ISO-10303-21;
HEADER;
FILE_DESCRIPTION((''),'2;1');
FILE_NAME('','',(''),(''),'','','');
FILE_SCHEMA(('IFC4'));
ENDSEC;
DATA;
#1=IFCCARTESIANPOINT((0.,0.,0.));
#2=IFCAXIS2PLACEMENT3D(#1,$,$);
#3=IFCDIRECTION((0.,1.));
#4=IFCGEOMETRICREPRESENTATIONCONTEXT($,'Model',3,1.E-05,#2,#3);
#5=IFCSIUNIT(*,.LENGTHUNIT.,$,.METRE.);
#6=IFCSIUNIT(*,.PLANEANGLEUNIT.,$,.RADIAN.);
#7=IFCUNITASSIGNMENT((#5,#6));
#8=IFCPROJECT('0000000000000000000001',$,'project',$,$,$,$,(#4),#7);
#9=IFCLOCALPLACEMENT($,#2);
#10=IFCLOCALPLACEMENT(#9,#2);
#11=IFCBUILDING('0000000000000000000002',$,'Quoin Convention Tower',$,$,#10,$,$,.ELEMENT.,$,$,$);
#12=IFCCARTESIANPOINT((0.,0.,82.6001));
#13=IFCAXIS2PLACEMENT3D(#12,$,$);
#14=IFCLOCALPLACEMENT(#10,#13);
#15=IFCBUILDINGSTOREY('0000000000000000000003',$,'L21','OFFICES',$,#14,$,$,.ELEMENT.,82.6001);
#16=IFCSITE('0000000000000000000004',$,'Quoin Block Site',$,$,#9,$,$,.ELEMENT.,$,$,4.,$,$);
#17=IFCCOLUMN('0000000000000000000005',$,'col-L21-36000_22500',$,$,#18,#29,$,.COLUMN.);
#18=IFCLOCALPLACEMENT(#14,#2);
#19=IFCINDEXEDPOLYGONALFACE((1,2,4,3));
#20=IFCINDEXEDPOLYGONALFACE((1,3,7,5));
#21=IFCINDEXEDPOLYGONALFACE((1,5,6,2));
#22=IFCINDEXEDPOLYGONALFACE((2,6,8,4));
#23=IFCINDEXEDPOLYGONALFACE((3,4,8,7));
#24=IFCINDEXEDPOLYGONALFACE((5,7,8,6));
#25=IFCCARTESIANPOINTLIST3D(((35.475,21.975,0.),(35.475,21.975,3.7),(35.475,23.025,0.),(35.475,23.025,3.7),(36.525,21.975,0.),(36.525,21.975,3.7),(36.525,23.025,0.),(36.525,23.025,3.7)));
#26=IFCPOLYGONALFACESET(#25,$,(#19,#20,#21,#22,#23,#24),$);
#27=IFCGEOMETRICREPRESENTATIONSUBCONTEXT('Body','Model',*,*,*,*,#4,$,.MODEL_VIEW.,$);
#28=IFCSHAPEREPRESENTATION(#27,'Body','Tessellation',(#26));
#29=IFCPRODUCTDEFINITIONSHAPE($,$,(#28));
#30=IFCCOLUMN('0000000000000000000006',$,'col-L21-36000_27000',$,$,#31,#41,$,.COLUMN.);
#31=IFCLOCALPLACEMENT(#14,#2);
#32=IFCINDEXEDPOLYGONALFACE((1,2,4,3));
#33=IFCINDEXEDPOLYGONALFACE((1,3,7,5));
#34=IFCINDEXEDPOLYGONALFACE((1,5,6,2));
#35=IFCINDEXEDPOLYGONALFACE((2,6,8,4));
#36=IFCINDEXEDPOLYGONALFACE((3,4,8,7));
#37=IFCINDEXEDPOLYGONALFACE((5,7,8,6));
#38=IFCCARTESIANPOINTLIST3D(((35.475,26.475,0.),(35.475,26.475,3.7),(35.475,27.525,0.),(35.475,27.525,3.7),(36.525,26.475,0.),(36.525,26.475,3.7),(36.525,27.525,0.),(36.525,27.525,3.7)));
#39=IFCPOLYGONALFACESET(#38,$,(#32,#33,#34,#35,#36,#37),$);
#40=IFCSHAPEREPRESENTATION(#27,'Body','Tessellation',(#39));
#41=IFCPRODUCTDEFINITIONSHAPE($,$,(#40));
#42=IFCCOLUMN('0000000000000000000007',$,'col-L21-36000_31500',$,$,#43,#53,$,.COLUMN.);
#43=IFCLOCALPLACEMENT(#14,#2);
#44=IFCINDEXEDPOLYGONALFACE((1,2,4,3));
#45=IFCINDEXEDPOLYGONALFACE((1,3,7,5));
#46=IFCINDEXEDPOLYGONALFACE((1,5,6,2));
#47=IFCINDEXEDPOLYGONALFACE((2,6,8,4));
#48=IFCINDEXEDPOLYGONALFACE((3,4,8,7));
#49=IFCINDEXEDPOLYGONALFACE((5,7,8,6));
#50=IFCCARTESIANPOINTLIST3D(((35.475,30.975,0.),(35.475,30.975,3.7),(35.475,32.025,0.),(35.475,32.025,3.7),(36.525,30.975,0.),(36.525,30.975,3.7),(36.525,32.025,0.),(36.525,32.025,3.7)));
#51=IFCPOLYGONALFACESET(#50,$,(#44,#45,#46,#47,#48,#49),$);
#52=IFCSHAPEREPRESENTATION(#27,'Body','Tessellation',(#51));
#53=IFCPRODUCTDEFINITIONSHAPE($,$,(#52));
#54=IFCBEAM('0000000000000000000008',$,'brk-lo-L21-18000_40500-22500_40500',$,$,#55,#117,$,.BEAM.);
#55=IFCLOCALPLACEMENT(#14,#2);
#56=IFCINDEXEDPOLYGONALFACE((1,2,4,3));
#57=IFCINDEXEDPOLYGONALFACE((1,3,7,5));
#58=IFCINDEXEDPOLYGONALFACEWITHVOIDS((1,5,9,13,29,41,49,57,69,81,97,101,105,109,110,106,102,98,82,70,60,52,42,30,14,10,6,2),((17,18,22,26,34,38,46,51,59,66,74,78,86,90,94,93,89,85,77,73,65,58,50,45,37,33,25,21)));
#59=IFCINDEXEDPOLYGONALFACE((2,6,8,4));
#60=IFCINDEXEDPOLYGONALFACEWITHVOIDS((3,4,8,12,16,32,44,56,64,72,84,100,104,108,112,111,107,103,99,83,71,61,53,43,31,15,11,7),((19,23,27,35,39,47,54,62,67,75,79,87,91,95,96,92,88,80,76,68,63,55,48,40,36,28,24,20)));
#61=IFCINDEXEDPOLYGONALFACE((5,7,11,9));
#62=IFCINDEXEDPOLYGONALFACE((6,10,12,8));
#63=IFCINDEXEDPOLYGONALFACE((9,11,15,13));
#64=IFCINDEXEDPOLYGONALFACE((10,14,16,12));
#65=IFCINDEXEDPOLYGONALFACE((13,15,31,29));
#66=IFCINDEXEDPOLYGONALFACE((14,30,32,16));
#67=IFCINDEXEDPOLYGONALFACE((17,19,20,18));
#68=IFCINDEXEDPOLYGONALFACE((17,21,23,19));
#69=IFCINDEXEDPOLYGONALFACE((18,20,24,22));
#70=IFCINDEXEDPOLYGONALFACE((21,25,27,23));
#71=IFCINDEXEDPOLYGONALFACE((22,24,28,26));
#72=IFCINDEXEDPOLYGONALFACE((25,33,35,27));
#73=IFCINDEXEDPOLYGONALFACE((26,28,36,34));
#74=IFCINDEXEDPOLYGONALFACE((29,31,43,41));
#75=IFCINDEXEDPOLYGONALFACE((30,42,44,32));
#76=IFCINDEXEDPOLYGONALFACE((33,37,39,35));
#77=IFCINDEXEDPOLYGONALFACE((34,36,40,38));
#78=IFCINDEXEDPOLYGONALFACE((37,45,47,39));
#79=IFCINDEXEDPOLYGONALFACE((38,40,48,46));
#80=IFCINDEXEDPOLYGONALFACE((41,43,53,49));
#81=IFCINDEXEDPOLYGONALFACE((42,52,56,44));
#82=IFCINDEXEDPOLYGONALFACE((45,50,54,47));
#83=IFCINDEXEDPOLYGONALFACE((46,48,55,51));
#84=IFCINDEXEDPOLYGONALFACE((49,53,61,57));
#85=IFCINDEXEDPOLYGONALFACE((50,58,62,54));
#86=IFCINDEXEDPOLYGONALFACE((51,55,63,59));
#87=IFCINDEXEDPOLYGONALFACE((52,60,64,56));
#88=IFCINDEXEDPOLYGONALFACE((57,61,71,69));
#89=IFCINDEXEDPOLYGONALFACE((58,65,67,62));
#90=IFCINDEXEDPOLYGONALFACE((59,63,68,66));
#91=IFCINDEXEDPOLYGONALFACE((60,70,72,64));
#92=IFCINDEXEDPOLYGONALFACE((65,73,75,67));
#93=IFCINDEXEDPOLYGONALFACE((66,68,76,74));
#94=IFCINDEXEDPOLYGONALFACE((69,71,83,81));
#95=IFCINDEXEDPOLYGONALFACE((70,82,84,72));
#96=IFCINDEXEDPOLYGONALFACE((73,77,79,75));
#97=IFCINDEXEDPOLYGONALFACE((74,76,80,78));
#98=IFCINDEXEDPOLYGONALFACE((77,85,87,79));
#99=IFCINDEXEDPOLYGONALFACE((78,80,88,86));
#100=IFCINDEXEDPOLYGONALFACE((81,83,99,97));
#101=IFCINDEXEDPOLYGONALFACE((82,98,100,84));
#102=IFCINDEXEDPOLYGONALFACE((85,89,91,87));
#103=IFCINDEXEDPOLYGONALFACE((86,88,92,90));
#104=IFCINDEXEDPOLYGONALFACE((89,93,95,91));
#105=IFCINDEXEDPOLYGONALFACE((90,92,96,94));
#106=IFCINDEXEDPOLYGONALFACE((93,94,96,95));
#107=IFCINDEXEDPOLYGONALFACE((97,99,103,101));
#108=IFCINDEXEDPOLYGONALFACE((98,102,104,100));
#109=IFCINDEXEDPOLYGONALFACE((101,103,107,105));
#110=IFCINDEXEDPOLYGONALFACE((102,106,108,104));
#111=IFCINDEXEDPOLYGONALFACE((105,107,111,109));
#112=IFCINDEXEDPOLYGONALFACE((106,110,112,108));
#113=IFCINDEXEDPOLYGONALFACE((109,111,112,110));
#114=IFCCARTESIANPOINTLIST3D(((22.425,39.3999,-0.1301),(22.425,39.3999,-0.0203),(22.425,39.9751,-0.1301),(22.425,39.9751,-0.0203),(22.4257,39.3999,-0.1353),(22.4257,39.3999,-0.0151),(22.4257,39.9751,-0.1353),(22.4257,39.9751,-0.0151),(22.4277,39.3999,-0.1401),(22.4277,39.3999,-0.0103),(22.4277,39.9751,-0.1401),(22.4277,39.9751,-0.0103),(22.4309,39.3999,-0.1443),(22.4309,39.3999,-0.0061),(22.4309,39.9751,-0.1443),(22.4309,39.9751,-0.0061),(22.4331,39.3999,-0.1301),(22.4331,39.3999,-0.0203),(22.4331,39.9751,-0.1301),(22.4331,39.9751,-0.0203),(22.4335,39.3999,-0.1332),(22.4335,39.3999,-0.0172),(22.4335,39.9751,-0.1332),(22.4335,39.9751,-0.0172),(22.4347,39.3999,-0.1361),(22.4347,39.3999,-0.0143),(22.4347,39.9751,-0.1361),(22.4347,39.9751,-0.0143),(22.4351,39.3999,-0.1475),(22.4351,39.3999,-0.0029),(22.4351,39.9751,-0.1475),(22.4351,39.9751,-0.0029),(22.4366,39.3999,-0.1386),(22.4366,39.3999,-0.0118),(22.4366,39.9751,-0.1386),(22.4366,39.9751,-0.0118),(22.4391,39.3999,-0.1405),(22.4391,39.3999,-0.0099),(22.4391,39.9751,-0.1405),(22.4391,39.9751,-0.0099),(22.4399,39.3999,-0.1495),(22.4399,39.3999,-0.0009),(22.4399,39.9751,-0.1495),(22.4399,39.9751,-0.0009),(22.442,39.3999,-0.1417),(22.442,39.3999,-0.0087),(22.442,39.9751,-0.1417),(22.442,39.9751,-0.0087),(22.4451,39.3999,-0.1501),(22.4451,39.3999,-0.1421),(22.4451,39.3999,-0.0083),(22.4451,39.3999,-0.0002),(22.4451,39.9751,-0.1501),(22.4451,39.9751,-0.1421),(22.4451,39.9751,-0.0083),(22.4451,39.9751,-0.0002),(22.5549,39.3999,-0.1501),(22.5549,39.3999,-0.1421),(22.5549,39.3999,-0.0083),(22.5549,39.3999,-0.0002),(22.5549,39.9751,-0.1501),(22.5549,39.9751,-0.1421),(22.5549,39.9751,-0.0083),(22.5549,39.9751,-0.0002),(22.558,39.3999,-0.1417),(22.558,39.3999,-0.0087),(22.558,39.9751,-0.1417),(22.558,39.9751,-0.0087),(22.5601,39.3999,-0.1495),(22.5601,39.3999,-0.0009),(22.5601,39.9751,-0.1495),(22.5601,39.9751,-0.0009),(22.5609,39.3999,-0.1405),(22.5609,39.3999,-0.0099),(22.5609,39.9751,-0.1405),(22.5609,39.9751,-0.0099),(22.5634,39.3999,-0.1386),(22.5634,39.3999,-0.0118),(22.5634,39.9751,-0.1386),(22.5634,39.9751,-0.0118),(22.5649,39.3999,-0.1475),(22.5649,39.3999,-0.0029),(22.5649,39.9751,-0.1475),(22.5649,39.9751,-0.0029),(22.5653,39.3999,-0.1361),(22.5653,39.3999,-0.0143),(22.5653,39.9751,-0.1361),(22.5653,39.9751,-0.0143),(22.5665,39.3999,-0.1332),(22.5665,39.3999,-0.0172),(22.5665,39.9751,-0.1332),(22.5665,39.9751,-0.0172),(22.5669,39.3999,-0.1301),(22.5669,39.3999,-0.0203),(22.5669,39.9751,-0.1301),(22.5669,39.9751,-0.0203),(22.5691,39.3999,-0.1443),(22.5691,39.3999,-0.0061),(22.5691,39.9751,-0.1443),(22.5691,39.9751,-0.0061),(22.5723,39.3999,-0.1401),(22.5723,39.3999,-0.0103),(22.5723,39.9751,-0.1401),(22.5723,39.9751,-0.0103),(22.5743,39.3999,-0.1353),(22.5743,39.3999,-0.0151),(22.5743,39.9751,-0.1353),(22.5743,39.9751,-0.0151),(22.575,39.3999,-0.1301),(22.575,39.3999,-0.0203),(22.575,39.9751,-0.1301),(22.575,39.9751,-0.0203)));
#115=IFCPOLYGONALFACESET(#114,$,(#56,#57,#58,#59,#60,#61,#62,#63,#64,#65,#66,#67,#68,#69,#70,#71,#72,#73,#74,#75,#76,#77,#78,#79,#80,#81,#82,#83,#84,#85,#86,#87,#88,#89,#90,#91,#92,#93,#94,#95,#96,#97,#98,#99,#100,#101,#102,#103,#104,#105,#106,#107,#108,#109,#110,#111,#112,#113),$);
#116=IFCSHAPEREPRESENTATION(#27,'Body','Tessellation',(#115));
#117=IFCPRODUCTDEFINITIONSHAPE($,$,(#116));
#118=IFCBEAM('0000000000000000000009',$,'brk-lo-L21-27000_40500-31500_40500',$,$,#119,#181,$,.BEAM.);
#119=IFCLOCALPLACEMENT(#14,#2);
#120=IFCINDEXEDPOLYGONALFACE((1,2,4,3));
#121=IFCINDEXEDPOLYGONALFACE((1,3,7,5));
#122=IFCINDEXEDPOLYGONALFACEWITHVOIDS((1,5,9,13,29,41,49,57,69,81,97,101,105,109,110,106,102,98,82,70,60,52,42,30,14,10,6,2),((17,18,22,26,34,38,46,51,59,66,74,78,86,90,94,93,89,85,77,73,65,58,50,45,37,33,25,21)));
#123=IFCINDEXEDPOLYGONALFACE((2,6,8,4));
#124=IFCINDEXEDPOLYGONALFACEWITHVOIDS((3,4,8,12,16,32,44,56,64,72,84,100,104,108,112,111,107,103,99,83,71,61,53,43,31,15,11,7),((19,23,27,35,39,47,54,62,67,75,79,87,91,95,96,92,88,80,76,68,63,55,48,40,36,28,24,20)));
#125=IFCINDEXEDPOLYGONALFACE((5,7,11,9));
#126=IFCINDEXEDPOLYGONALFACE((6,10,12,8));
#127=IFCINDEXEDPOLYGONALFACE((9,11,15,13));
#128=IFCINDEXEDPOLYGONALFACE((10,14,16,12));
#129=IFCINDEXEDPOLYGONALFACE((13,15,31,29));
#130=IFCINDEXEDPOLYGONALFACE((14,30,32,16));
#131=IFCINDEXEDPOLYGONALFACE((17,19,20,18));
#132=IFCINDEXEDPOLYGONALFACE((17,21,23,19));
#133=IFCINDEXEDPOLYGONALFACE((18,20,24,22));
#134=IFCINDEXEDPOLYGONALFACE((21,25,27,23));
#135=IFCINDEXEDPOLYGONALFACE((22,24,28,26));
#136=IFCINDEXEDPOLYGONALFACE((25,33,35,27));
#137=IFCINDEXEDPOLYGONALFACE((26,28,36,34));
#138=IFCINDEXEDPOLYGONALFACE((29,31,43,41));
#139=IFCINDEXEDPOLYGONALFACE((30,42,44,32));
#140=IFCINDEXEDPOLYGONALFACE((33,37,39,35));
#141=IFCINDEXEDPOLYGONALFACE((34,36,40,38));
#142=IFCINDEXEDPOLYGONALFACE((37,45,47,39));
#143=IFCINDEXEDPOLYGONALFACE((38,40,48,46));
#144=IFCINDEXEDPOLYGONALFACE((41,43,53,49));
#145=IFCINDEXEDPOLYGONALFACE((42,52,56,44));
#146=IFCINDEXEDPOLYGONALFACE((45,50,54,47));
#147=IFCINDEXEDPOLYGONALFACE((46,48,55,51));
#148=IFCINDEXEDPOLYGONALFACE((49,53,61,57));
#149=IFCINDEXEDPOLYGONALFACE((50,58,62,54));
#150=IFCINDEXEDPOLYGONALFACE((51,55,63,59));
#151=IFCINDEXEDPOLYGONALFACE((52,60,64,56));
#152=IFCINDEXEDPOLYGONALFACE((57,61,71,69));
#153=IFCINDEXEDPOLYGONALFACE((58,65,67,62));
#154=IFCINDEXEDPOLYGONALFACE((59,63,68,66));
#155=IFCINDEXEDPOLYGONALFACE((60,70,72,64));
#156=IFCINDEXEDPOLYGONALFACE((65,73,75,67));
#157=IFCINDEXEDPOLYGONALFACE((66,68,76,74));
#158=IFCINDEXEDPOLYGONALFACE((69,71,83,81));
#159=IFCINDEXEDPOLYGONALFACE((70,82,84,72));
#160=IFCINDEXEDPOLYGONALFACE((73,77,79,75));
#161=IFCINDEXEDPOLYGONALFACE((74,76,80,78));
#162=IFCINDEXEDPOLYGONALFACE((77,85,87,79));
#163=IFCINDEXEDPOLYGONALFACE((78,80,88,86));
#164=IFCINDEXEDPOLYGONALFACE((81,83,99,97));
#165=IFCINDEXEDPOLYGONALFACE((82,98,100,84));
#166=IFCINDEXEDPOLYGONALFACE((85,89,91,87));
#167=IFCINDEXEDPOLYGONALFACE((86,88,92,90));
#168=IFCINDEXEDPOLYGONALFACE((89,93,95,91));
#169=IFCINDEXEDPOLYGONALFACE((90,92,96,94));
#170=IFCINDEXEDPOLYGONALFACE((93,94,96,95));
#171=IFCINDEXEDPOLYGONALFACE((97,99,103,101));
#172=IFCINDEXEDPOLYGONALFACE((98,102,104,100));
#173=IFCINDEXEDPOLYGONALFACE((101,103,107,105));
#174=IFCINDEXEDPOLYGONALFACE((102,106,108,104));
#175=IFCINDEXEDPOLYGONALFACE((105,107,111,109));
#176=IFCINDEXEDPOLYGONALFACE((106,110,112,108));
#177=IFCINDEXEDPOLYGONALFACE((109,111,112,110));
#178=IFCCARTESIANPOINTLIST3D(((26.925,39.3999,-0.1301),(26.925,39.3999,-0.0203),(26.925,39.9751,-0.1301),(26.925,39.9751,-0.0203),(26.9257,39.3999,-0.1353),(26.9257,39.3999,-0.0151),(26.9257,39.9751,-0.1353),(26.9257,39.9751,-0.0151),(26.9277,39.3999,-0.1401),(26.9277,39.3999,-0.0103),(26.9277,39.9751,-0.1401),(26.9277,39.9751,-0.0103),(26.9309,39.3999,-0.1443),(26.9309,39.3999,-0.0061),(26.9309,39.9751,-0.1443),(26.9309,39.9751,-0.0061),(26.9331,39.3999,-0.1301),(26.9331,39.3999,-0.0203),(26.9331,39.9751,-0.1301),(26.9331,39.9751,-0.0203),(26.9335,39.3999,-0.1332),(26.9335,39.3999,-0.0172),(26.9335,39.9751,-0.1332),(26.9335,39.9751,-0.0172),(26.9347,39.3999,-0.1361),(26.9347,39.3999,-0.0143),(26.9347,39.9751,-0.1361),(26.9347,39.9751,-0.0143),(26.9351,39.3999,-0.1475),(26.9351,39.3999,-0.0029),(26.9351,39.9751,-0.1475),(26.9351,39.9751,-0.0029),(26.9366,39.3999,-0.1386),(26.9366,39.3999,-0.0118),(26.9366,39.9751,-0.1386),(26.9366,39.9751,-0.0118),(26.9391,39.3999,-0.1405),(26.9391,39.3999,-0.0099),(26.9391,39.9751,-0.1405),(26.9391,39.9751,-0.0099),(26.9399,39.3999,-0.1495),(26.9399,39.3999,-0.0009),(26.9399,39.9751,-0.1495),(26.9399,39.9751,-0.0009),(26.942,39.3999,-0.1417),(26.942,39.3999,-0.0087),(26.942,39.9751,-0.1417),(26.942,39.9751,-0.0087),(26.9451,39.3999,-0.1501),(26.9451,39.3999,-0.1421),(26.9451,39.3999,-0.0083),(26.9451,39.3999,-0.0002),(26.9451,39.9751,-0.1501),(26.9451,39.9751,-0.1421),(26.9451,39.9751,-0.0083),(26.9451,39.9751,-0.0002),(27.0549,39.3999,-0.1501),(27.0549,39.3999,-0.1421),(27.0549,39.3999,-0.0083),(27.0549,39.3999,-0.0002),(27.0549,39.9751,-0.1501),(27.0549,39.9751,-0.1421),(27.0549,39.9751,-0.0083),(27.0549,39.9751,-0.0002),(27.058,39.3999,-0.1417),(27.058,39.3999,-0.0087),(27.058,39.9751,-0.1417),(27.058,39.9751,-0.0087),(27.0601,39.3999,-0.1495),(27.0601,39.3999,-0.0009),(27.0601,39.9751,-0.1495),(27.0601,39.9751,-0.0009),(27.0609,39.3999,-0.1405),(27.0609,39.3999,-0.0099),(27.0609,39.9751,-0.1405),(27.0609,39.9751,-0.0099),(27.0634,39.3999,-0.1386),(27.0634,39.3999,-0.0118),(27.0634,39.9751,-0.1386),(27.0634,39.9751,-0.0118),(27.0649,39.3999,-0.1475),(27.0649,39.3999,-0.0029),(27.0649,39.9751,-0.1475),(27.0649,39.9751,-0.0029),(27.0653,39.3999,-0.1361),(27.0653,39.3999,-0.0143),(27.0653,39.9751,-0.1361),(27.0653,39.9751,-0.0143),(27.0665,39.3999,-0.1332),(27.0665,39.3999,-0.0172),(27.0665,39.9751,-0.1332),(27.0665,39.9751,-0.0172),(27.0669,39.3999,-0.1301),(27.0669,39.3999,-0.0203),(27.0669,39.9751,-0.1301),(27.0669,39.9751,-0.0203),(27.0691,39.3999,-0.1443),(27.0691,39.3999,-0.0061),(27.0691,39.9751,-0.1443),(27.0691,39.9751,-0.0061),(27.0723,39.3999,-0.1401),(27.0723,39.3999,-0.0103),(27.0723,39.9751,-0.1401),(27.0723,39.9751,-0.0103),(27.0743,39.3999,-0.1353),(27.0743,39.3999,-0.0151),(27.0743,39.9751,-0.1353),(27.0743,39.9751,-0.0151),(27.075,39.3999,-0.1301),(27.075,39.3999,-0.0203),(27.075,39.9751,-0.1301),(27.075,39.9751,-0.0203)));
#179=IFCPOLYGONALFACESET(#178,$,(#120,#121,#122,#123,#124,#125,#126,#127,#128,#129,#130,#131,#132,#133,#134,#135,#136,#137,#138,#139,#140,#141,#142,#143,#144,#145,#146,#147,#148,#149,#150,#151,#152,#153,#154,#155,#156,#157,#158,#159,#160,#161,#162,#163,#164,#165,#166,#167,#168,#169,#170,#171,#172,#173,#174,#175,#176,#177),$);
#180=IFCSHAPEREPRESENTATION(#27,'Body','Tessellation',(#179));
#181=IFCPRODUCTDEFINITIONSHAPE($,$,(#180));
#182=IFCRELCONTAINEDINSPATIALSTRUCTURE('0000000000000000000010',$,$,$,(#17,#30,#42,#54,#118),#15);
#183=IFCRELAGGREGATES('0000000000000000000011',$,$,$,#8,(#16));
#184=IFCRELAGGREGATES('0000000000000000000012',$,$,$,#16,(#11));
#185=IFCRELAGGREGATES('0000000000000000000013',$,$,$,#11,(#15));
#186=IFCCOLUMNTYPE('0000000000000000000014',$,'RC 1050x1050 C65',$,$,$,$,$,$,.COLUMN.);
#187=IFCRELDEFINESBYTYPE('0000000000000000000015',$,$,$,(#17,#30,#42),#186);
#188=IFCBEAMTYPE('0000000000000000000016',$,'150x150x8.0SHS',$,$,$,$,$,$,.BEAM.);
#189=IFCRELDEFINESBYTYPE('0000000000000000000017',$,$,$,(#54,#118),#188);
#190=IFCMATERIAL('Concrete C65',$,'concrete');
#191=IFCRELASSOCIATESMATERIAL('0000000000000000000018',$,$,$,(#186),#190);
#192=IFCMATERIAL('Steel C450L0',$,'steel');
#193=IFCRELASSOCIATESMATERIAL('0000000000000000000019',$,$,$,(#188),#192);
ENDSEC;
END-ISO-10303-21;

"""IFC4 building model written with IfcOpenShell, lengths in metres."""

from ifc_helpers import new_model, si_unit, direction, frame, origin, origin_2d, place, context, subcontext, project, spatial, rectangle, hollow_rectangle, extrude, material, material_profile, profile_set, type_object, element, save


model = new_model("IFC4")

# Units and contexts
model_context = context("Model", 3, precision=1e-05, world=origin(), true_north=direction((0.0, 1.0)))
body_context = subcontext(model_context, "Body", "Model", "MODEL_VIEW")
ifc_project = project(units=[si_unit("LENGTHUNIT", "METRE"), si_unit("PLANEANGLEUNIT", "RADIAN")], contexts=[model_context])

# Site, building, storey
site_placement = place(None, origin())
site = spatial("IfcSite", under=ifc_project, at=site_placement, Name="Quoin Block Site", CompositionType="ELEMENT", RefElevation=4.0)
building_placement = place(site_placement, origin())
building = spatial("IfcBuilding", under=site, at=building_placement, Name="Quoin Convention Tower", CompositionType="ELEMENT")
storey_placement = place(building_placement, frame((0.0, 0.0, 82.6001)))
storey = spatial("IfcBuildingStorey", under=building, at=storey_placement, Name="L21", Description="OFFICES", CompositionType="ELEMENT", Elevation=82.6001)

# Columns
ifc_material_1 = material(Name="Concrete C65", Category="concrete")
ifc_material_profile_1 = material_profile(ifc_material_1, rectangle(XDim=1.05, YDim=1.05, at=origin_2d()), Name="RC 1050x1050")
ifc_profile_set_1 = profile_set([ifc_material_profile_1], Name="Concrete C65")
column_type = type_object("IfcColumnType", Name="RC 1050x1050 C65", PredefinedType="COLUMN", material=ifc_profile_set_1)
for number, where, z_axis, x_axis, name in (
    (1, (36.0, 22.5, 0.0), (0.0, 0.0, 1.0), (1.0, 0.0, 0.0), "col-L21-36000_22500"),
    (2, (36.0, 27.0, 0.0), (0.0, 0.0, 1.0), (1.0, 0.0, 0.0), "col-L21-36000_27000"),
    (3, (36.0, 31.5, 0.0), (0.0, 0.0, 1.0), (1.0, 0.0, 0.0), "col-L21-36000_31500"),
):
    element("IfcColumn", number, at=place(storey_placement, frame(where, z_axis=z_axis, x_axis=x_axis)), inside=storey, type_object=column_type, Name=name, PredefinedType="COLUMN", context=body_context, shape_type="SweptSolid", body=[
        extrude(rectangle(XDim=1.05, YDim=1.05, at=origin_2d()), origin(), (0.0, 0.0, 1.0), 3.7),
    ])

# Beams
ifc_material_2 = material(Name="Steel C450L0", Category="steel")
ifc_material_profile_2 = material_profile(ifc_material_2, hollow_rectangle(XDim=0.1499, YDim=0.1499, WallThickness=0.0081, InnerFilletRadius=0.012, OuterFilletRadius=0.02, at=origin_2d()), Name="150x150x8.0SHS")
ifc_profile_set_2 = profile_set([ifc_material_profile_2], Name="Steel C450L0")
beam_type_1 = type_object("IfcBeamType", Name="150x150x8.0SHS", PredefinedType="BEAM", material=ifc_profile_set_2)
for number, where, z_axis, x_axis, name in (
    (4, (22.5, 39.9751, -0.0752), (0.0, -1.0, 0.0), (1.0, 0.0, 0.0), "brk-lo-L21-18000_40500-22500_40500"),
    (5, (27.0, 39.9751, -0.0752), (0.0, -1.0, 0.0), (1.0, 0.0, 0.0), "brk-lo-L21-27000_40500-31500_40500"),
):
    element("IfcBeam", number, at=place(storey_placement, frame(where, z_axis=z_axis, x_axis=x_axis)), inside=storey, type_object=beam_type_1, Name=name, PredefinedType="BEAM", context=body_context, shape_type="SweptSolid", body=[
        extrude(hollow_rectangle(XDim=0.1499, YDim=0.1499, WallThickness=0.0081, InnerFilletRadius=0.012, OuterFilletRadius=0.02, at=origin_2d()), origin(), (0.0, 0.0, 1.0), 0.5752),
    ])

save(model, "model.ifc")
